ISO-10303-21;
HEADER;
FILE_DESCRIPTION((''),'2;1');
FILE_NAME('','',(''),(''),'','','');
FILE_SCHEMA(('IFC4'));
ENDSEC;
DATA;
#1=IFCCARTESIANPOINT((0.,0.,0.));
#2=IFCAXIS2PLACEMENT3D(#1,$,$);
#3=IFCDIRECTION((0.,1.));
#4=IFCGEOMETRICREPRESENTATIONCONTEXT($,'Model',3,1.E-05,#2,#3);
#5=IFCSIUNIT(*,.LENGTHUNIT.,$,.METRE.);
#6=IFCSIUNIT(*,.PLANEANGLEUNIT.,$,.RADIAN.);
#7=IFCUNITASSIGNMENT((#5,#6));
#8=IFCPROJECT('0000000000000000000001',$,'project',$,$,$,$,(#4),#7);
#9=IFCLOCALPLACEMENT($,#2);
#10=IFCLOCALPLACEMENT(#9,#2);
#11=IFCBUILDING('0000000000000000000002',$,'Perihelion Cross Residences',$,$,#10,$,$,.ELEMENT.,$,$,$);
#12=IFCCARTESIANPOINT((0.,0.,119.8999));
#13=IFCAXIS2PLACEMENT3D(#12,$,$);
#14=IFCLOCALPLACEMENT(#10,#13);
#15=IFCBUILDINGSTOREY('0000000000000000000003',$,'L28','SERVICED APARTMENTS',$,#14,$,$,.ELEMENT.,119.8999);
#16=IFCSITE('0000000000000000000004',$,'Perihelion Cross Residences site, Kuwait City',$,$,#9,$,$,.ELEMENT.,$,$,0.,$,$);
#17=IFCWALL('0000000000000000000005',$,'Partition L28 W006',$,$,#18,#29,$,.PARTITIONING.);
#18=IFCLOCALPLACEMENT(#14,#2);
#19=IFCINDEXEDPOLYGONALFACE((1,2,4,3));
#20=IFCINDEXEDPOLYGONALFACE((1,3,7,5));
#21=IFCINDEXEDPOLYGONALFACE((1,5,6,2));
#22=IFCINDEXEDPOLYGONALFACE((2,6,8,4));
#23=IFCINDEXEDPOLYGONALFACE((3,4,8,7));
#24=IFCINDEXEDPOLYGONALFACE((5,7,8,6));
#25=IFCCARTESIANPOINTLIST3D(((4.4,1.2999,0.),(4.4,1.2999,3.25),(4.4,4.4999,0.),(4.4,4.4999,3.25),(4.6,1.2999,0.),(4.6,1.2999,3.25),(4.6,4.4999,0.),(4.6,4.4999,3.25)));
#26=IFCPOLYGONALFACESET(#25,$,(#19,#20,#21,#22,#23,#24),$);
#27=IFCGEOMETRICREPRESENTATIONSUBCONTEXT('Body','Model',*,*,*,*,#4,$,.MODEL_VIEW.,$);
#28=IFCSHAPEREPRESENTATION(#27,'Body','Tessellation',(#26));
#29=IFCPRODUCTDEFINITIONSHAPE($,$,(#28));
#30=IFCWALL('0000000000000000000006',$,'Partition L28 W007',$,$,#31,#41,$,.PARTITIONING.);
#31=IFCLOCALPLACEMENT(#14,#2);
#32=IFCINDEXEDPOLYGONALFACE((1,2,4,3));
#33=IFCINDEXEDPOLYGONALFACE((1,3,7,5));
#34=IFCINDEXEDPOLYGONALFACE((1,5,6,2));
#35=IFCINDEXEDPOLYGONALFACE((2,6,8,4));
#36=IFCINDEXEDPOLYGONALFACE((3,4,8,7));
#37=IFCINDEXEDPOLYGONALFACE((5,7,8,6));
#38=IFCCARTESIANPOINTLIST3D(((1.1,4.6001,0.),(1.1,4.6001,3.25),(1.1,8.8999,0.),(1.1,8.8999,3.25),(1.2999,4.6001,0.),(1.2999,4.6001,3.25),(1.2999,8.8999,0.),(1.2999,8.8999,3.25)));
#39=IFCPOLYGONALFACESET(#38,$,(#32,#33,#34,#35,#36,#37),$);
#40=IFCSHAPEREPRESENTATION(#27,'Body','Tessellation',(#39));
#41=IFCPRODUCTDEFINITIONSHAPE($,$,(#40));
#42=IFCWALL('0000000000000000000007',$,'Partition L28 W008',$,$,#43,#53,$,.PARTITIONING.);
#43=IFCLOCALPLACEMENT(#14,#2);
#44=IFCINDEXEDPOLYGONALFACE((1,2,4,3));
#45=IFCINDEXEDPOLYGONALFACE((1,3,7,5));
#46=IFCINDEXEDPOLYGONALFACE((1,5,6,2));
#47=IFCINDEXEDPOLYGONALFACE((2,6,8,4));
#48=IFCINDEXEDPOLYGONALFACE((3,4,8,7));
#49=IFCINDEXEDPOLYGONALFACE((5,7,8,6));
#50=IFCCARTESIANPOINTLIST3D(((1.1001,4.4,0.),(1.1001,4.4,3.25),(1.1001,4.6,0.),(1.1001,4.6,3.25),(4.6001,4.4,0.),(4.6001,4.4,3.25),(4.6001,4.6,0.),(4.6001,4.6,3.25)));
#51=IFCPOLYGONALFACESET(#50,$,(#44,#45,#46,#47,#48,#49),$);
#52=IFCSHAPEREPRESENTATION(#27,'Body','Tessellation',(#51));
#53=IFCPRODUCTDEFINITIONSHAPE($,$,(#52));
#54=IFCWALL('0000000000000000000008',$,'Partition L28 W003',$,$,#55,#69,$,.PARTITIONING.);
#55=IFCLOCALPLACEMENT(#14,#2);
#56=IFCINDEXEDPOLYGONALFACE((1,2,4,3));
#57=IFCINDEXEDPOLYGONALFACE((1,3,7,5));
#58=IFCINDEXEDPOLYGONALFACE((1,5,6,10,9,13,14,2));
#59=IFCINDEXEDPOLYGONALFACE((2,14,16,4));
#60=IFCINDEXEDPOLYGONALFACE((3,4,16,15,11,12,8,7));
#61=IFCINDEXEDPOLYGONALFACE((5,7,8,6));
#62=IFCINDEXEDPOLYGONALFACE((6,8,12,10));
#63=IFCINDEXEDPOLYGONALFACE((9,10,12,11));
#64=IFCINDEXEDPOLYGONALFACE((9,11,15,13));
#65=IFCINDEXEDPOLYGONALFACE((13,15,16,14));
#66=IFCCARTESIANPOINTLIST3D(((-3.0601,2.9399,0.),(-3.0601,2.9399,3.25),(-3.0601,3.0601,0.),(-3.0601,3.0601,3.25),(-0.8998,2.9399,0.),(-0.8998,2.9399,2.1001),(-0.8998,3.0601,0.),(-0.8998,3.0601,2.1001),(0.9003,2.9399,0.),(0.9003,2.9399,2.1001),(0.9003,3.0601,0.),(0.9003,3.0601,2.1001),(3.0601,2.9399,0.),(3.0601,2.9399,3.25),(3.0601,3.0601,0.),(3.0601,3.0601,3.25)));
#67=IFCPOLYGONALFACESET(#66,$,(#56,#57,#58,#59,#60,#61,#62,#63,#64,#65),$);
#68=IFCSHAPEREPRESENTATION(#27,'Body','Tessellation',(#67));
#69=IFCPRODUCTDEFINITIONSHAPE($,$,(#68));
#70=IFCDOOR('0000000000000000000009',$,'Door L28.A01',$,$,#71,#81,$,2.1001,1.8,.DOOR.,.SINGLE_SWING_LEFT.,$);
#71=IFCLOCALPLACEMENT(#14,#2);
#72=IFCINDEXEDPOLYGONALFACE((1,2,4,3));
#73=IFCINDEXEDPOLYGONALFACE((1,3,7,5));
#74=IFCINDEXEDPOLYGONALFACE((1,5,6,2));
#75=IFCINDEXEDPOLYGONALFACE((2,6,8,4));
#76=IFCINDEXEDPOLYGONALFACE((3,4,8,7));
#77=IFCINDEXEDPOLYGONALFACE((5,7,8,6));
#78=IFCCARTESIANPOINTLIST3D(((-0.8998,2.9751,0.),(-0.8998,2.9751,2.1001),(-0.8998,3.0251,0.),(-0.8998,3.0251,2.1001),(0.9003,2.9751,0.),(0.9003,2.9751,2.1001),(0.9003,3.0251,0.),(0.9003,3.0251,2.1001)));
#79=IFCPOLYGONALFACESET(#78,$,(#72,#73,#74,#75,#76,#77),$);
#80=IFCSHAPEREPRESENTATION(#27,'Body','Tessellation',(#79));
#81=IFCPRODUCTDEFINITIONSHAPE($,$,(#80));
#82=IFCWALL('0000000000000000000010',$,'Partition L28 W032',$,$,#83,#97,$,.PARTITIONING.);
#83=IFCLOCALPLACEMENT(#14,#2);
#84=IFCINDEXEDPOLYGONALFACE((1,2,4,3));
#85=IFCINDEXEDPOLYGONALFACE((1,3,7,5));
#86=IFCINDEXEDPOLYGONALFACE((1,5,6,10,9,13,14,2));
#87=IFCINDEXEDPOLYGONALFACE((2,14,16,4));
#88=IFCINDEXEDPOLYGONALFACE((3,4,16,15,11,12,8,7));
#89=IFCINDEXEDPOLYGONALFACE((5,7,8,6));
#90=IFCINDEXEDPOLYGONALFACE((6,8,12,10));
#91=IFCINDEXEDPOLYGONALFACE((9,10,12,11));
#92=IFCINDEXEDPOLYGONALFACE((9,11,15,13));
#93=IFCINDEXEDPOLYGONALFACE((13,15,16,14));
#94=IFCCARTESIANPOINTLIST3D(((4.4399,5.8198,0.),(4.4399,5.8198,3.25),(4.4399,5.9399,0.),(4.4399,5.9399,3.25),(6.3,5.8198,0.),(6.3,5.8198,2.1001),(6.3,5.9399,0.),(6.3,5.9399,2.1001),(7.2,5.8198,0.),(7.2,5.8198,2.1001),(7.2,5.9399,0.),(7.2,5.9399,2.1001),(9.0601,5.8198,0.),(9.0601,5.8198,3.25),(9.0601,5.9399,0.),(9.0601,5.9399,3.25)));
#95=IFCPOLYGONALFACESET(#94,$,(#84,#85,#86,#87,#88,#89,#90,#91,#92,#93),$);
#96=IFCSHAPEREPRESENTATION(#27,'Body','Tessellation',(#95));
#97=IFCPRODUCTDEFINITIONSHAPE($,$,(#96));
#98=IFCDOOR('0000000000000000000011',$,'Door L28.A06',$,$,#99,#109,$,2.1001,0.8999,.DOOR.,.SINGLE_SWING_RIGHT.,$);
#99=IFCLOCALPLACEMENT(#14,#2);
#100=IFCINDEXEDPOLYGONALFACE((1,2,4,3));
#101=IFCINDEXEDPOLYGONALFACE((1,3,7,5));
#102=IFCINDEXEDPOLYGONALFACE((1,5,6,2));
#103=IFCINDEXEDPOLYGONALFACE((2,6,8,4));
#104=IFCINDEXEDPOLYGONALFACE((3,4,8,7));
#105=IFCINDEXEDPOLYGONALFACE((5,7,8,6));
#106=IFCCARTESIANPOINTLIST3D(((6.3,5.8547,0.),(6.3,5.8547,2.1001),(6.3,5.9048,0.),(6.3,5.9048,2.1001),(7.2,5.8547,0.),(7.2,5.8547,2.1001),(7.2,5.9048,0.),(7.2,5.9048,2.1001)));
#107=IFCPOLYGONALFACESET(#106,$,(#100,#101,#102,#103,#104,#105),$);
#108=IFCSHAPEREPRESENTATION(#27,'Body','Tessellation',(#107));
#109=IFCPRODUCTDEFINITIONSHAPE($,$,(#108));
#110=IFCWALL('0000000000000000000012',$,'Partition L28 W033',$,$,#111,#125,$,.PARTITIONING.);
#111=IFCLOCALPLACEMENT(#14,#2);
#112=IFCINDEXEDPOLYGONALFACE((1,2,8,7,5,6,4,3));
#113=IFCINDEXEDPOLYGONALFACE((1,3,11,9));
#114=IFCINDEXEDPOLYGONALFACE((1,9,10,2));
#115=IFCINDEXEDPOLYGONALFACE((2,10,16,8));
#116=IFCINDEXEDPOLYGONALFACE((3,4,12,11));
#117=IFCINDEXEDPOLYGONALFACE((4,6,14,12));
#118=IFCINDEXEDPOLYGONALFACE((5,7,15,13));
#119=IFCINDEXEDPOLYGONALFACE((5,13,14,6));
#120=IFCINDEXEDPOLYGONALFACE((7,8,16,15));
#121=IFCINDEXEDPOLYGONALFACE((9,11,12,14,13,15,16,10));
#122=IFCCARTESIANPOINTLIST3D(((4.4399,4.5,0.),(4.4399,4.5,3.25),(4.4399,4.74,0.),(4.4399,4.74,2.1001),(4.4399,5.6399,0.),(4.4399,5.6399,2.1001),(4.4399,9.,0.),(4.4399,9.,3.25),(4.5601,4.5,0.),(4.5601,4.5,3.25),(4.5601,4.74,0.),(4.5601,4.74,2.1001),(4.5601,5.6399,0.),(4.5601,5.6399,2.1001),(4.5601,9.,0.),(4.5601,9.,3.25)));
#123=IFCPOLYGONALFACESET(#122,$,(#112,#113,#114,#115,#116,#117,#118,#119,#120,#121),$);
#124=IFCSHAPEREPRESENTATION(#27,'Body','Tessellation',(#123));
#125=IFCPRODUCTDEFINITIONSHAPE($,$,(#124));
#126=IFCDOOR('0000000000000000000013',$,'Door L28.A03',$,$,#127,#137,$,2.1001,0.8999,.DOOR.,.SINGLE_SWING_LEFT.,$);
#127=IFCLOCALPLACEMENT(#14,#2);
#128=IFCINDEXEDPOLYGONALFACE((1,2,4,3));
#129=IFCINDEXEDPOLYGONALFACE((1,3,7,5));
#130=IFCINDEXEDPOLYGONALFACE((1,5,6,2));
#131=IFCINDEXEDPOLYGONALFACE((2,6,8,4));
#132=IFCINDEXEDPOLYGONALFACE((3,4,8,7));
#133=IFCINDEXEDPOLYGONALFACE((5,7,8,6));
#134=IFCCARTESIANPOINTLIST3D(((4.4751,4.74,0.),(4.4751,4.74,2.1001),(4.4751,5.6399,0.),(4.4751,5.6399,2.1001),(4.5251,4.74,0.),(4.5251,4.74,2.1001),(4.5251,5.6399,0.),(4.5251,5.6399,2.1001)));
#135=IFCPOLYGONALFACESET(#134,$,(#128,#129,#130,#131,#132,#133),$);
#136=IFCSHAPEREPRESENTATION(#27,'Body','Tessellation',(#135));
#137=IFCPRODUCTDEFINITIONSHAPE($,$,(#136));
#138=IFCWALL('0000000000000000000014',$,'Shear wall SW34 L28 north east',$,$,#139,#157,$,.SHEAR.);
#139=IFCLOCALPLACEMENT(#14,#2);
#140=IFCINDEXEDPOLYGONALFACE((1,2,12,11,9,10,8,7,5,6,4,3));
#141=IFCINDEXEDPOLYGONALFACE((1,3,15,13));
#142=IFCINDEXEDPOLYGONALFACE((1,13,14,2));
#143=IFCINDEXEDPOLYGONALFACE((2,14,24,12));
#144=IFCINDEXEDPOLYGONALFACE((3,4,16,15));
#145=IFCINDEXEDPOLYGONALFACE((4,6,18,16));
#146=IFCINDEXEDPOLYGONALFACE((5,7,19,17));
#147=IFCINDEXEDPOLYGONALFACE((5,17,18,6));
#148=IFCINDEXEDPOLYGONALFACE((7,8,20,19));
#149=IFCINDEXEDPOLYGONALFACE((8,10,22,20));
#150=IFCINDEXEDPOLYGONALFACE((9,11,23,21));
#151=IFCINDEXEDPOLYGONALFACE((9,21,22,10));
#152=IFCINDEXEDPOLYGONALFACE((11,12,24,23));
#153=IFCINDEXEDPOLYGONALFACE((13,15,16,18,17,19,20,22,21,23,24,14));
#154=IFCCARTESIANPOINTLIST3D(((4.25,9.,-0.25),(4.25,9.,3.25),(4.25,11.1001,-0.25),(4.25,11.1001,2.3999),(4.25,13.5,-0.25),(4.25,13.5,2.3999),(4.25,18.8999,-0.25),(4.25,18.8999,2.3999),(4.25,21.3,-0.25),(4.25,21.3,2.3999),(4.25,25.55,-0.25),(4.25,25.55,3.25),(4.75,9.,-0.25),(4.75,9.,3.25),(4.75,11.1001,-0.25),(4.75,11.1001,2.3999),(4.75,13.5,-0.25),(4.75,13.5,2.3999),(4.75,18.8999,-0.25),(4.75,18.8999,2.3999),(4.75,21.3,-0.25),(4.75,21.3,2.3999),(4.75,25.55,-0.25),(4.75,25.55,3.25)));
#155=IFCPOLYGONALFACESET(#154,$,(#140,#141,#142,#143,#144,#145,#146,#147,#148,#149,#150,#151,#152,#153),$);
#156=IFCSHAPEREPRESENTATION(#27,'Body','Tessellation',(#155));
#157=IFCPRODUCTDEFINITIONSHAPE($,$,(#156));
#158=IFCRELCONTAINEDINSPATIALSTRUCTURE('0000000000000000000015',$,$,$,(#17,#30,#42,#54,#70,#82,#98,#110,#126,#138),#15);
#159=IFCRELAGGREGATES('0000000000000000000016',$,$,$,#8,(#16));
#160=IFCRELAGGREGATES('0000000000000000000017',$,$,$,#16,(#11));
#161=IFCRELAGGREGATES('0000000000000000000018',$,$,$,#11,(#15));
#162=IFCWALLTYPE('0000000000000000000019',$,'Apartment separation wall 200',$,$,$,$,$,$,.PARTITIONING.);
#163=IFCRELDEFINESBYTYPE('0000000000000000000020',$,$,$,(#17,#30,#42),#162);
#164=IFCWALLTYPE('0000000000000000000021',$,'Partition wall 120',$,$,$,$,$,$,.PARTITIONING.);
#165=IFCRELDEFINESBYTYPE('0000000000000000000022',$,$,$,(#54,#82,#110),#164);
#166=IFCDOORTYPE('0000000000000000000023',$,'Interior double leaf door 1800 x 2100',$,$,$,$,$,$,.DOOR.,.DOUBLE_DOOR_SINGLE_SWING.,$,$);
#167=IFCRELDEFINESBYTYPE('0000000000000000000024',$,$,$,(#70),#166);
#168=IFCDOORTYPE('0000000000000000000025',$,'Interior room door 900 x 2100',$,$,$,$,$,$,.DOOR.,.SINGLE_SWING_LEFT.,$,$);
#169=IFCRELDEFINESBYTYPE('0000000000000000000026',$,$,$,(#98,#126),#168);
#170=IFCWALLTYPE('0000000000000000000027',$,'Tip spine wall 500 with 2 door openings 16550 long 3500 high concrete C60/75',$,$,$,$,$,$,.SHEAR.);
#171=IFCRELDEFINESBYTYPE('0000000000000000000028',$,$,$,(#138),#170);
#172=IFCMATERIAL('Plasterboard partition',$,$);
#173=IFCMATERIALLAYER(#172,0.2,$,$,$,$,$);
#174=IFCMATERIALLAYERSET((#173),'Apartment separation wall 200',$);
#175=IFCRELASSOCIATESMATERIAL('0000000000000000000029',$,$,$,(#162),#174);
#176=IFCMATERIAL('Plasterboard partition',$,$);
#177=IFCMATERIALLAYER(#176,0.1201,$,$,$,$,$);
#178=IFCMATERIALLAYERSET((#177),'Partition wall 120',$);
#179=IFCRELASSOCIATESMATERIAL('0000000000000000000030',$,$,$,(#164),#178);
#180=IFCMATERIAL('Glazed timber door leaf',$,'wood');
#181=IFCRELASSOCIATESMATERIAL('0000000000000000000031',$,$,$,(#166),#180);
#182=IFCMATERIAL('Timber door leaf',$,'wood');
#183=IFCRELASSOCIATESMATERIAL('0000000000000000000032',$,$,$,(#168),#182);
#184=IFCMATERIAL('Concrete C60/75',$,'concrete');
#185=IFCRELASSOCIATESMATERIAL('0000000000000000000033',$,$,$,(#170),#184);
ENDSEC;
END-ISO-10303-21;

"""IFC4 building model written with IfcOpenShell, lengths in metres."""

from ifc_helpers import new_model, si_unit, direction, frame, frame_2d, origin, place, context, subcontext, project, spatial, polyline, rectangle, outline, extrude, material, layer, layer_set, material_profile, profile_set, type_object, element, fill, save


model = new_model("IFC4")

# Units and contexts
model_context = context("Model", 3, precision=1e-05, world=origin(), true_north=direction((0.0, 1.0)))
body_context = subcontext(model_context, "Body", "Model", "MODEL_VIEW")
ifc_project = project(units=[si_unit("LENGTHUNIT", "METRE"), si_unit("PLANEANGLEUNIT", "RADIAN")], contexts=[model_context])

# Site, building, storey
site_placement = place(None, origin())
site = spatial("IfcSite", under=ifc_project, at=site_placement, Name="Perihelion Cross Residences site, Kuwait City", CompositionType="ELEMENT", RefElevation=0.0)
building_placement = place(site_placement, origin())
building = spatial("IfcBuilding", under=site, at=building_placement, Name="Perihelion Cross Residences", CompositionType="ELEMENT")
storey_placement = place(building_placement, frame((0.0, 0.0, 119.8999)))
storey = spatial("IfcBuildingStorey", under=building, at=storey_placement, Name="L28", Description="SERVICED APARTMENTS", CompositionType="ELEMENT", Elevation=119.8999)

# Shared definitions
ifc_material_1 = material(Name="Plasterboard partition")
ifc_layer_1 = layer(ifc_material_1, 0.2)
ifc_layer_set_1 = layer_set([ifc_layer_1], Name="Apartment separation wall 200")
wall_type_1 = type_object("IfcWallType", Name="Apartment separation wall 200", PredefinedType="PARTITIONING", material=ifc_layer_set_1)

# Walls
wall_1_placement = place(storey_placement, frame((4.5, 4.5, 0.0), z_axis=(0.0, 0.0, 1.0), x_axis=(0.0, -1.0, 0.0)))
element("IfcWall", 1, at=wall_1_placement, inside=storey, type_object=wall_type_1, Name="Partition L28 W006", PredefinedType="PARTITIONING", context=body_context, shape_type="SweptSolid", body=[
    extrude(rectangle(XDim=3.2, YDim=0.2, at=frame_2d((1.6001, 0.0))), origin(), (0.0, 0.0, 1.0), 3.25),
])
wall_2_placement = place(storey_placement, frame((1.2, 8.8999, 0.0), z_axis=(0.0, 0.0, 1.0), x_axis=(0.0, -1.0, 0.0)))
element("IfcWall", 2, at=wall_2_placement, inside=storey, type_object=wall_type_1, Name="Partition L28 W007", PredefinedType="PARTITIONING", context=body_context, shape_type="SweptSolid", body=[
    extrude(rectangle(XDim=4.2998, YDim=0.2, at=frame_2d((2.1499, 0.0))), origin(), (0.0, 0.0, 1.0), 3.25),
])
wall_3_placement = place(storey_placement, frame((1.1001, 4.5, 0.0), z_axis=(0.0, 0.0, 1.0), x_axis=(1.0, 0.0, 0.0)))
element("IfcWall", 3, at=wall_3_placement, inside=storey, type_object=wall_type_1, Name="Partition L28 W008", PredefinedType="PARTITIONING", context=body_context, shape_type="SweptSolid", body=[
    extrude(rectangle(XDim=3.5, YDim=0.2, at=frame_2d((1.75, 0.0))), origin(), (0.0, 0.0, 1.0), 3.25),
])

# Walls, openings, doors
ifc_material_2 = material(Name="Plasterboard partition")
ifc_layer_2 = layer(ifc_material_2, 0.1201)
ifc_layer_set_2 = layer_set([ifc_layer_2], Name="Partition wall 120")
wall_type_2 = type_object("IfcWallType", Name="Partition wall 120", PredefinedType="PARTITIONING", material=ifc_layer_set_2)
wall_4_placement = place(storey_placement, frame((3.0601, 3.0, 0.0), z_axis=(0.0, 0.0, 1.0), x_axis=(-1.0, 0.0, 0.0)))
wall_4 = element("IfcWall", 4, at=wall_4_placement, inside=storey, type_object=wall_type_2, Name="Partition L28 W003", PredefinedType="PARTITIONING", context=body_context, shape_type="SweptSolid", body=[
    extrude(rectangle(XDim=6.1201, YDim=0.1201, at=frame_2d((3.0601, 0.0))), origin(), (0.0, 0.0, 1.0), 3.25),
])
opening_1_placement = place(wall_4_placement, frame((2.1599, 0.0, 0.0)))
opening_1 = element("IfcOpeningElement", 5, at=opening_1_placement, cuts=wall_4, PredefinedType="OPENING", context=body_context, shape_type="SweptSolid", body=[
    extrude(rectangle(XDim=1.8, YDim=2.1001, at=frame_2d((0.8999, 1.05))), frame((0.0, 0.0701, 0.0), z_axis=(0.0, -1.0, 0.0), x_axis=(1.0, 0.0, 0.0)), (0.0, 0.0, 1.0), 0.1401),
])
ifc_material_3 = material(Name="Glazed timber door leaf", Category="wood")
door_type_1 = type_object("IfcDoorType", Name="Interior double leaf door 1800 x 2100", OperationType="DOUBLE_DOOR_SINGLE_SWING", PredefinedType="DOOR", material=ifc_material_3)
door_1_placement = place(opening_1_placement, origin())
door_1 = element("IfcDoor", 6, at=door_1_placement, inside=storey, type_object=door_type_1, Name="Door L28.A01", OperationType="SINGLE_SWING_LEFT", OverallHeight=2.1001, OverallWidth=1.8, PredefinedType="DOOR", context=body_context, shape_type="SweptSolid", body=[
    extrude(rectangle(XDim=1.8, YDim=2.1001, at=frame_2d((0.8999, 1.05))), frame((0.0, 0.0249, 0.0), z_axis=(0.0, -1.0, 0.0), x_axis=(1.0, 0.0, 0.0)), (0.0, 0.0, 1.0), 0.05),
])
fill(opening_1, door_1)
wall_5_placement = place(storey_placement, frame((4.4399, 5.8799, 0.0), z_axis=(0.0, 0.0, 1.0), x_axis=(1.0, 0.0, 0.0)))
wall_5 = element("IfcWall", 7, at=wall_5_placement, inside=storey, type_object=wall_type_2, Name="Partition L28 W032", PredefinedType="PARTITIONING", context=body_context, shape_type="SweptSolid", body=[
    extrude(rectangle(XDim=4.6201, YDim=0.1201, at=frame_2d((2.3101, 0.0))), origin(), (0.0, 0.0, 1.0), 3.25),
])
opening_2_placement = place(wall_5_placement, frame((1.8601, 0.0, 0.0)))
opening_2 = element("IfcOpeningElement", 8, at=opening_2_placement, cuts=wall_5, PredefinedType="OPENING", context=body_context, shape_type="SweptSolid", body=[
    extrude(rectangle(XDim=0.8999, YDim=2.1001, at=frame_2d((0.45, 1.05))), frame((0.0, 0.0701, 0.0), z_axis=(0.0, -1.0, 0.0), x_axis=(1.0, 0.0, 0.0)), (0.0, 0.0, 1.0), 0.1401),
])
ifc_material_4 = material(Name="Timber door leaf", Category="wood")
door_type_2 = type_object("IfcDoorType", Name="Interior room door 900 x 2100", OperationType="SINGLE_SWING_LEFT", PredefinedType="DOOR", material=ifc_material_4)
door_2_placement = place(opening_2_placement, origin())
door_2 = element("IfcDoor", 9, at=door_2_placement, inside=storey, type_object=door_type_2, Name="Door L28.A06", OperationType="SINGLE_SWING_RIGHT", OverallHeight=2.1001, OverallWidth=0.8999, PredefinedType="DOOR", context=body_context, shape_type="SweptSolid", body=[
    extrude(rectangle(XDim=0.8999, YDim=2.1001, at=frame_2d((0.45, 1.05))), frame((0.0, 0.0249, 0.0), z_axis=(0.0, -1.0, 0.0), x_axis=(1.0, 0.0, 0.0)), (0.0, 0.0, 1.0), 0.05),
])
fill(opening_2, door_2)
wall_6_placement = place(storey_placement, frame((4.5, 4.5, 0.0), z_axis=(0.0, 0.0, 1.0), x_axis=(0.0, 1.0, 0.0)))
wall_6 = element("IfcWall", 10, at=wall_6_placement, inside=storey, type_object=wall_type_2, Name="Partition L28 W033", PredefinedType="PARTITIONING", context=body_context, shape_type="SweptSolid", body=[
    extrude(rectangle(XDim=4.5, YDim=0.1201, at=frame_2d((2.25, 0.0))), origin(), (0.0, 0.0, 1.0), 3.25),
])
opening_3_placement = place(wall_6_placement, frame((0.24, 0.0, 0.0)))
opening_3 = element("IfcOpeningElement", 11, at=opening_3_placement, cuts=wall_6, PredefinedType="OPENING", context=body_context, shape_type="SweptSolid", body=[
    extrude(rectangle(XDim=0.8999, YDim=2.1001, at=frame_2d((0.45, 1.05))), frame((0.0, 0.0701, 0.0), z_axis=(0.0, -1.0, 0.0), x_axis=(1.0, 0.0, 0.0)), (0.0, 0.0, 1.0), 0.1401),
])
door_3_placement = place(opening_3_placement, origin())
door_3 = element("IfcDoor", 12, at=door_3_placement, inside=storey, type_object=door_type_2, Name="Door L28.A03", OperationType="SINGLE_SWING_LEFT", OverallHeight=2.1001, OverallWidth=0.8999, PredefinedType="DOOR", context=body_context, shape_type="SweptSolid", body=[
    extrude(rectangle(XDim=0.8999, YDim=2.1001, at=frame_2d((0.45, 1.05))), frame((0.0, 0.0249, 0.0), z_axis=(0.0, -1.0, 0.0), x_axis=(1.0, 0.0, 0.0)), (0.0, 0.0, 1.0), 0.05),
])
fill(opening_3, door_3)

# Wall
ifc_material_5 = material(Name="Concrete C60/75", Category="concrete")
ifc_material_profile_1 = material_profile(ifc_material_5, outline(polyline([(0.0, 0.0), (2.1001, 0.0), (2.1001, 2.6499), (4.5, 2.6499), (4.5, 0.0), (9.8999, 0.0), (9.8999, 2.6499), (12.3, 2.6499), (12.3, 0.0), (16.55, 0.0), (16.55, 3.5), (0.0, 3.5), (0.0, 0.0)])), Name="Tip spine wall")
ifc_profile_set_1 = profile_set([ifc_material_profile_1], Name="Concrete C60/75")
wall_type_3 = type_object("IfcWallType", Name="Tip spine wall 500 with 2 door openings 16550 long 3500 high concrete C60/75", PredefinedType="SHEAR", material=ifc_profile_set_1)
wall_7_placement = place(storey_placement, frame((4.25, 9.0, -0.25), z_axis=(1.0, 0.0, 0.0), x_axis=(0.0, 1.0, 0.0)))
element("IfcWall", 13, at=wall_7_placement, inside=storey, type_object=wall_type_3, Name="Shear wall SW34 L28 north east", PredefinedType="SHEAR", context=body_context, shape_type="SweptSolid", body=[
    extrude(outline(polyline([(0.0, 0.0), (2.1001, 0.0), (2.1001, 2.6499), (4.5, 2.6499), (4.5, 0.0), (9.8999, 0.0), (9.8999, 2.6499), (12.3, 2.6499), (12.3, 0.0), (16.55, 0.0), (16.55, 3.5), (0.0, 3.5), (0.0, 0.0)])), origin(), (0.0, 0.0, 1.0), 0.5),
])

save(model, "model.ifc")
